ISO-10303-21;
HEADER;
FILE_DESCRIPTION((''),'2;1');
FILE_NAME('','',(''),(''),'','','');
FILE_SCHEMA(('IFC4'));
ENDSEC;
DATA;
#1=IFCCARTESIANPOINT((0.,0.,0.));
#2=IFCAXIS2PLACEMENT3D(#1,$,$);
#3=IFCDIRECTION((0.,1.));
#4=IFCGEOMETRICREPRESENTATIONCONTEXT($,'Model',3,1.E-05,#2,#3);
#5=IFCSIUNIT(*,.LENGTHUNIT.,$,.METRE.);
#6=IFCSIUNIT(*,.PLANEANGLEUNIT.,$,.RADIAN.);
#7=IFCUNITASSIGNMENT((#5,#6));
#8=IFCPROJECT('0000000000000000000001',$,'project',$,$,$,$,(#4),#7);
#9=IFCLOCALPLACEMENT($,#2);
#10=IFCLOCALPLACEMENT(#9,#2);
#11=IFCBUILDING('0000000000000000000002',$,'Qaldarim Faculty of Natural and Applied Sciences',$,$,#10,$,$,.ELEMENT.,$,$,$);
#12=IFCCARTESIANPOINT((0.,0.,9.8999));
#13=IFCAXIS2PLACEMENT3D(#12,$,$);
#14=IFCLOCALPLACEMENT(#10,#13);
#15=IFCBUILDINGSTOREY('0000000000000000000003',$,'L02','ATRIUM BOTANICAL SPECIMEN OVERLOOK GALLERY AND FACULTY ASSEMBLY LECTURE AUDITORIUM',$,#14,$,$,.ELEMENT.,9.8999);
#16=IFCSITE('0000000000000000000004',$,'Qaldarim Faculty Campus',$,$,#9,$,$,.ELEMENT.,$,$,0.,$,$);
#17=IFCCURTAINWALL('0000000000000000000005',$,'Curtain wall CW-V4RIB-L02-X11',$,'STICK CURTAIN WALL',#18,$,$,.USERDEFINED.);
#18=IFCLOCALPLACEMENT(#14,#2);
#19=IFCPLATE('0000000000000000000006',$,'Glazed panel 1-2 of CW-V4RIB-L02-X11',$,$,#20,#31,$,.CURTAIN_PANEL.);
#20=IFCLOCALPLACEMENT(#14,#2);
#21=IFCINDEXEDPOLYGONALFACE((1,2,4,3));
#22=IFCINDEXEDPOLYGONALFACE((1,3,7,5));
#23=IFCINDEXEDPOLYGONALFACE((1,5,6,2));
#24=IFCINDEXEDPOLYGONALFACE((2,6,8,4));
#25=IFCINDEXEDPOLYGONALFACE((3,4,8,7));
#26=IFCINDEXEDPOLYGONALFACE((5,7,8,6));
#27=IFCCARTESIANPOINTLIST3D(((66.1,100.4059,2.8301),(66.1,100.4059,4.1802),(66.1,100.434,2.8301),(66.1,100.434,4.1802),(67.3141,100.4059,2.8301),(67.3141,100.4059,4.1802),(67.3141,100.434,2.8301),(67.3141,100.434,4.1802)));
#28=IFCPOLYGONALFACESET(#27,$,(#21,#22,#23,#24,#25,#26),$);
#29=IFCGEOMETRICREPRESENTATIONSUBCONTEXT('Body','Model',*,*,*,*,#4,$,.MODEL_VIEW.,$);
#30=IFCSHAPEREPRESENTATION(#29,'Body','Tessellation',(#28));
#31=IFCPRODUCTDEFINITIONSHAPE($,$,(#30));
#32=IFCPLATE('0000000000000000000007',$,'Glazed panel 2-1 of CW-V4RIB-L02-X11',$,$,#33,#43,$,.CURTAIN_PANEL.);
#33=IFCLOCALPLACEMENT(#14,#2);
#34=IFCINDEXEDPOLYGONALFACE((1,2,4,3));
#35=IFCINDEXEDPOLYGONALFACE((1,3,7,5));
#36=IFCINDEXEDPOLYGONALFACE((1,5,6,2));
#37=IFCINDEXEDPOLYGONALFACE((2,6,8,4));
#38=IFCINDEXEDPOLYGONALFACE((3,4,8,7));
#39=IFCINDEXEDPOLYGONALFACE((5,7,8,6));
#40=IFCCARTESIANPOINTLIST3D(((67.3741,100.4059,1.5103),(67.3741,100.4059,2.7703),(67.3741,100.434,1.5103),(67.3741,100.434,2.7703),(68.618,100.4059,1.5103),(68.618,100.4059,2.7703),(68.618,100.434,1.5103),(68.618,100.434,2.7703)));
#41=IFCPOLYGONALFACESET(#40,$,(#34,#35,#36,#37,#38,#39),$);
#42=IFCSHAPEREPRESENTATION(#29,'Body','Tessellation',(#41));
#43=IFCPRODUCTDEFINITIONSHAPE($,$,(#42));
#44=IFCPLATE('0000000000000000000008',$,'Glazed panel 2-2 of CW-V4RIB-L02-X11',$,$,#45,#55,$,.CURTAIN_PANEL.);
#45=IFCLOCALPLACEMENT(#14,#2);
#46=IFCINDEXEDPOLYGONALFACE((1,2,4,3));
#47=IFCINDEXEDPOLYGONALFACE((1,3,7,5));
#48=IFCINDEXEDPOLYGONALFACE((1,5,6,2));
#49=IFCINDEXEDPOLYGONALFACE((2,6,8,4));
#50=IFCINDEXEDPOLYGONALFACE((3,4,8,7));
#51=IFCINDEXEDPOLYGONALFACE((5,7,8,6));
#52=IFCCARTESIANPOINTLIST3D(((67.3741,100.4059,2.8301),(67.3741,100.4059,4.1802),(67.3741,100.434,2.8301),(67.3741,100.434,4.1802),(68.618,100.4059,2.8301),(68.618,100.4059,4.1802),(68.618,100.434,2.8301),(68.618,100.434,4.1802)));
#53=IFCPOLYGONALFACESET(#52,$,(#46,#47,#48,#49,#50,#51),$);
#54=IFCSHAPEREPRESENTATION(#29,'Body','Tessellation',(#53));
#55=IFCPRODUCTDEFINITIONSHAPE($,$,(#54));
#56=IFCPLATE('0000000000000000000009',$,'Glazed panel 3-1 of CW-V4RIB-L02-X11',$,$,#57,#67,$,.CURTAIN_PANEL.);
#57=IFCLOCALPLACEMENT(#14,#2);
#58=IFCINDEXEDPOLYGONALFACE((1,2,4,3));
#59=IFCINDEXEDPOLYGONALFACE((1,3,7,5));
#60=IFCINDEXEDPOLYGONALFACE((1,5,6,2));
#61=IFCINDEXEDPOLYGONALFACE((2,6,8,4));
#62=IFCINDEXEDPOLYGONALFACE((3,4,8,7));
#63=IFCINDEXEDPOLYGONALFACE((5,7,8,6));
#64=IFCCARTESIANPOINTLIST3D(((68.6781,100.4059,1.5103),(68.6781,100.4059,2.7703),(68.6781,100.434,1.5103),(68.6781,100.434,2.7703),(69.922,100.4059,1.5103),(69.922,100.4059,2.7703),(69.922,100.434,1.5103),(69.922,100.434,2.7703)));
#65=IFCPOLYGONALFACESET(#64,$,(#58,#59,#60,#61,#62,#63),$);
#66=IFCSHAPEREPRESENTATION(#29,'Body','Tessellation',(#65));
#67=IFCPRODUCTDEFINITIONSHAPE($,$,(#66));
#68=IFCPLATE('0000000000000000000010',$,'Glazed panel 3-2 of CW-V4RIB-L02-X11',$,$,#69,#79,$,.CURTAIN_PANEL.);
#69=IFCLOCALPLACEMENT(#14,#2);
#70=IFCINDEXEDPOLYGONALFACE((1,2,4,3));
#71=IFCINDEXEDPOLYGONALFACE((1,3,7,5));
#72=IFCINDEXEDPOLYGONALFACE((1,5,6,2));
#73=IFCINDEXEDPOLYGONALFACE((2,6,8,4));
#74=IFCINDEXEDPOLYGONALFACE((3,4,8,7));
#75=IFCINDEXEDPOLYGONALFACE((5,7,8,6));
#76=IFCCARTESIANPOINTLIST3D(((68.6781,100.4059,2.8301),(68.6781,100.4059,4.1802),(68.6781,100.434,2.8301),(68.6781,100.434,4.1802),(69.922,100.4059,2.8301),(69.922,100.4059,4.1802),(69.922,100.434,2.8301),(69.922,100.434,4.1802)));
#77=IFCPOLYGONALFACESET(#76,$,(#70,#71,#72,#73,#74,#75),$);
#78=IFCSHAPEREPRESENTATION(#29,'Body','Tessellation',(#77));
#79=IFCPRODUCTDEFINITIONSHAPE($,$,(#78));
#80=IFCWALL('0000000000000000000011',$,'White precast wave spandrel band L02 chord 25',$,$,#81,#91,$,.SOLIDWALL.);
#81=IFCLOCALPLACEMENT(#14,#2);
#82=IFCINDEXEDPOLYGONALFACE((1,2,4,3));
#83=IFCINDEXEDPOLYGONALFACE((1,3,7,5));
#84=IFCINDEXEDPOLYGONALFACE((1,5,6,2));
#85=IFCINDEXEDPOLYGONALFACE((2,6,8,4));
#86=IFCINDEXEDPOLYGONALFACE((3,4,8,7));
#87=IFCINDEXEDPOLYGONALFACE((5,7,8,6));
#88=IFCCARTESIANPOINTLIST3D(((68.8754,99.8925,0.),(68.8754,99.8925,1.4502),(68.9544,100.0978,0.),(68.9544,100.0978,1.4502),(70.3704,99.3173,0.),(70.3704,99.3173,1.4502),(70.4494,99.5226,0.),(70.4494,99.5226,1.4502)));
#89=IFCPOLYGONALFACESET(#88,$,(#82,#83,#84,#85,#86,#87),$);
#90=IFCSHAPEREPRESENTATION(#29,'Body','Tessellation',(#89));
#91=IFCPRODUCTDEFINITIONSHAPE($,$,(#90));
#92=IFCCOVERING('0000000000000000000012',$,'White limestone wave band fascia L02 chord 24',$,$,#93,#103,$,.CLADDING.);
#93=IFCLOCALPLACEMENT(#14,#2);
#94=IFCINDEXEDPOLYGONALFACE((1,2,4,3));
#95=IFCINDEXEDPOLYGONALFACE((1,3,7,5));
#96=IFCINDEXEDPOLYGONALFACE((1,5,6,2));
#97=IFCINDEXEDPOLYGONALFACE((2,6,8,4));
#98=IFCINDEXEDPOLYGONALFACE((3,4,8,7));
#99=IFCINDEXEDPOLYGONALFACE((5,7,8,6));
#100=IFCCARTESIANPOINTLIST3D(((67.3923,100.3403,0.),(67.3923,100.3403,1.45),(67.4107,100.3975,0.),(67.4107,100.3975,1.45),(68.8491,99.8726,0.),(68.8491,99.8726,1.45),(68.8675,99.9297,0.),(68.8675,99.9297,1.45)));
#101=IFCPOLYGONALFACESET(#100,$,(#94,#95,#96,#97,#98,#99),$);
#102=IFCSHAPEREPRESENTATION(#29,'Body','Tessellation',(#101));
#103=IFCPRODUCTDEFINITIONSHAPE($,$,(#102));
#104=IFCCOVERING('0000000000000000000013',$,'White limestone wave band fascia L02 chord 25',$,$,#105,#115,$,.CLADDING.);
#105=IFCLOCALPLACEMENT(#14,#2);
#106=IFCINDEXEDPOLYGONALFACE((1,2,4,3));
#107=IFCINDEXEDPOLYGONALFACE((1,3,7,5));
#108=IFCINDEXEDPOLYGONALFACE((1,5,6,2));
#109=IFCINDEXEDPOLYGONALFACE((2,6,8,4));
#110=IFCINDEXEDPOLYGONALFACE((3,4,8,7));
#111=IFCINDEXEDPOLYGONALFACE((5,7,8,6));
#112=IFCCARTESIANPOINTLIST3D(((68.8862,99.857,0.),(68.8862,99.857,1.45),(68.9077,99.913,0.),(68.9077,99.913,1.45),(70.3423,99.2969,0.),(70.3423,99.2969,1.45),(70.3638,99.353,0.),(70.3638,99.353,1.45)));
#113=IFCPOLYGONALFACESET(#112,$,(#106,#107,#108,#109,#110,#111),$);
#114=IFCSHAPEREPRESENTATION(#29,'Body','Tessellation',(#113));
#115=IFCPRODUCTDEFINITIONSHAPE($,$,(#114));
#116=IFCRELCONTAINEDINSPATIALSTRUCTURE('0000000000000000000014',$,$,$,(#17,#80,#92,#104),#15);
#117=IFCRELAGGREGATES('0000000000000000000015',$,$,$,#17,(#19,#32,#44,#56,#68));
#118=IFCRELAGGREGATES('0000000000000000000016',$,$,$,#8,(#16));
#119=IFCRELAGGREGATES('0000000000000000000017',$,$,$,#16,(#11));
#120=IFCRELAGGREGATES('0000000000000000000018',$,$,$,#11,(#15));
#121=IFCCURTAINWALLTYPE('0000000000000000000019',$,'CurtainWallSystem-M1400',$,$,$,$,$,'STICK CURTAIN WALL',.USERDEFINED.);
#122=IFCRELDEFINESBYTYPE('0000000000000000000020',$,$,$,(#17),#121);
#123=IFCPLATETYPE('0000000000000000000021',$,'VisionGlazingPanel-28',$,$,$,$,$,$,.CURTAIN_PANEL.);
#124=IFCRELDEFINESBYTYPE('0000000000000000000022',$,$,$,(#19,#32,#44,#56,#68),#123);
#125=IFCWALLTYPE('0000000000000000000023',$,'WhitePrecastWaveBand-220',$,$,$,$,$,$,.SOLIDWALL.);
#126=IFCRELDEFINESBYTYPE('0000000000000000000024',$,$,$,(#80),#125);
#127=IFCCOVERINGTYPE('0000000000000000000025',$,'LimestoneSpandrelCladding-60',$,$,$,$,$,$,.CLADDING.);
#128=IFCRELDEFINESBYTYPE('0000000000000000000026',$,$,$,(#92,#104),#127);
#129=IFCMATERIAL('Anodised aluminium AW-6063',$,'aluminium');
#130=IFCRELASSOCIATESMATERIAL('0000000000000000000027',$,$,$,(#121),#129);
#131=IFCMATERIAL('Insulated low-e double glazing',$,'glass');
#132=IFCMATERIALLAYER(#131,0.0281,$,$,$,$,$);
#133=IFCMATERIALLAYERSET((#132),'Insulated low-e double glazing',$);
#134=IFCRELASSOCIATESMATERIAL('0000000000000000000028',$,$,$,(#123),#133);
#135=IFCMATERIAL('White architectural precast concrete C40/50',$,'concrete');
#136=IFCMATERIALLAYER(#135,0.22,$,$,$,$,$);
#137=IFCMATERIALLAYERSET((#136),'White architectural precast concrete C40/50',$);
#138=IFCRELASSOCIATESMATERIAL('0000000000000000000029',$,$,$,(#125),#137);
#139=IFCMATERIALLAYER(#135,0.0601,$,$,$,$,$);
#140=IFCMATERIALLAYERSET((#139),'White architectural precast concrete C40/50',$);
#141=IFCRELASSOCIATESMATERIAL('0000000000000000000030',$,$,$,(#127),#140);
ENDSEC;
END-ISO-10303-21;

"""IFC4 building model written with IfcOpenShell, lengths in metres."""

from ifc_helpers import new_model, si_unit, direction, frame, frame_2d, origin, origin_2d, place, context, subcontext, project, spatial, rectangle, extrude, material, layer, layer_set, type_object, element, aggregate, save


model = new_model("IFC4")

# Units and contexts
model_context = context("Model", 3, precision=1e-05, world=origin(), true_north=direction((0.0, 1.0)))
body_context = subcontext(model_context, "Body", "Model", "MODEL_VIEW")
ifc_project = project(units=[si_unit("LENGTHUNIT", "METRE"), si_unit("PLANEANGLEUNIT", "RADIAN")], contexts=[model_context])

# Site, building, storey
site_placement = place(None, origin())
site = spatial("IfcSite", under=ifc_project, at=site_placement, Name="Qaldarim Faculty Campus", CompositionType="ELEMENT", RefElevation=0.0)
building_placement = place(site_placement, origin())
building = spatial("IfcBuilding", under=site, at=building_placement, Name="Qaldarim Faculty of Natural and Applied Sciences", CompositionType="ELEMENT")
storey_placement = place(building_placement, frame((0.0, 0.0, 9.8999)))
storey = spatial("IfcBuildingStorey", under=building, at=storey_placement, Name="L02", Description="ATRIUM BOTANICAL SPECIMEN OVERLOOK GALLERY AND FACULTY ASSEMBLY LECTURE AUDITORIUM", CompositionType="ELEMENT", Elevation=9.8999)

# Curtain wall, plates
ifc_material_1 = material(Name="Anodised aluminium AW-6063", Category="aluminium")
curtain_wall_type = type_object("IfcCurtainWallType", Name="CurtainWallSystem-M1400", ElementType="STICK CURTAIN WALL", PredefinedType="USERDEFINED", material=ifc_material_1)
curtain_wall_placement = place(storey_placement, origin())
curtain_wall = element("IfcCurtainWall", 1, at=curtain_wall_placement, inside=storey, type_object=curtain_wall_type, Name="Curtain wall CW-V4RIB-L02-X11", ObjectType="STICK CURTAIN WALL", PredefinedType="USERDEFINED")
ifc_material_2 = material(Name="Insulated low-e double glazing", Category="glass")
ifc_layer_1 = layer(ifc_material_2, 0.0281)
ifc_layer_set_1 = layer_set([ifc_layer_1], Name="Insulated low-e double glazing")
plate_type = type_object("IfcPlateType", Name="VisionGlazingPanel-28", PredefinedType="CURTAIN_PANEL", material=ifc_layer_set_1)
plate_1_placement = place(storey_placement, frame((66.707, 100.4199, 2.8301), z_axis=(0.0, 0.0, 1.0), x_axis=(1.0, 0.0, 0.0)))
plate_1 = element("IfcPlate", 2, at=plate_1_placement, type_object=plate_type, Name="Glazed panel 1-2 of CW-V4RIB-L02-X11", PredefinedType="CURTAIN_PANEL", context=body_context, shape_type="SweptSolid", body=[
    extrude(rectangle(XDim=1.2141, YDim=0.0281, at=origin_2d()), origin(), (0.0, 0.0, 1.0), 1.3501),
])
plate_2_placement = place(storey_placement, frame((67.9961, 100.4199, 1.5103), z_axis=(0.0, 0.0, 1.0), x_axis=(1.0, 0.0, 0.0)))
plate_2 = element("IfcPlate", 3, at=plate_2_placement, type_object=plate_type, Name="Glazed panel 2-1 of CW-V4RIB-L02-X11", PredefinedType="CURTAIN_PANEL", context=body_context, shape_type="SweptSolid", body=[
    extrude(rectangle(XDim=1.2439, YDim=0.0281, at=origin_2d()), origin(), (0.0, 0.0, 1.0), 1.26),
])
plate_3_placement = place(storey_placement, frame((67.9961, 100.4199, 2.8301), z_axis=(0.0, 0.0, 1.0), x_axis=(1.0, 0.0, 0.0)))
plate_3 = element("IfcPlate", 4, at=plate_3_placement, type_object=plate_type, Name="Glazed panel 2-2 of CW-V4RIB-L02-X11", PredefinedType="CURTAIN_PANEL", context=body_context, shape_type="SweptSolid", body=[
    extrude(rectangle(XDim=1.2439, YDim=0.0281, at=origin_2d()), origin(), (0.0, 0.0, 1.0), 1.3501),
])
plate_4_placement = place(storey_placement, frame((69.3, 100.4199, 1.5103), z_axis=(0.0, 0.0, 1.0), x_axis=(1.0, 0.0, 0.0)))
plate_4 = element("IfcPlate", 5, at=plate_4_placement, type_object=plate_type, Name="Glazed panel 3-1 of CW-V4RIB-L02-X11", PredefinedType="CURTAIN_PANEL", context=body_context, shape_type="SweptSolid", body=[
    extrude(rectangle(XDim=1.2439, YDim=0.0281, at=origin_2d()), origin(), (0.0, 0.0, 1.0), 1.26),
])
plate_5_placement = place(storey_placement, frame((69.3, 100.4199, 2.8301), z_axis=(0.0, 0.0, 1.0), x_axis=(1.0, 0.0, 0.0)))
plate_5 = element("IfcPlate", 6, at=plate_5_placement, type_object=plate_type, Name="Glazed panel 3-2 of CW-V4RIB-L02-X11", PredefinedType="CURTAIN_PANEL", context=body_context, shape_type="SweptSolid", body=[
    extrude(rectangle(XDim=1.2439, YDim=0.0281, at=origin_2d()), origin(), (0.0, 0.0, 1.0), 1.3501),
])
aggregate(curtain_wall, [plate_1, plate_2, plate_3, plate_4, plate_5])

# Wall
ifc_material_3 = material(Name="White architectural precast concrete C40/50", Category="concrete")
ifc_layer_2 = layer(ifc_material_3, 0.22)
ifc_layer_set_2 = layer_set([ifc_layer_2], Name="White architectural precast concrete C40/50")
wall_type = type_object("IfcWallType", Name="WhitePrecastWaveBand-220", PredefinedType="SOLIDWALL", material=ifc_layer_set_2)
wall_placement = place(storey_placement, frame((68.915, 99.9951, 0.0), z_axis=(0.0, 0.0, 1.0), x_axis=(0.933295, -0.359112, 0.0)))
element("IfcWall", 7, at=wall_placement, inside=storey, type_object=wall_type, Name="White precast wave spandrel band L02 chord 25", PredefinedType="SOLIDWALL", context=body_context, shape_type="SweptSolid", body=[
    extrude(rectangle(XDim=1.6018, YDim=0.22, at=frame_2d((0.8008, 0.0))), origin(), (0.0, 0.0, 1.0), 1.4502),
])

# Coverings
ifc_layer_3 = layer(ifc_material_3, 0.0601)
ifc_layer_set_3 = layer_set([ifc_layer_3], Name="White architectural precast concrete C40/50")
covering_type = type_object("IfcCoveringType", Name="LimestoneSpandrelCladding-60", PredefinedType="CLADDING", material=ifc_layer_set_3)
covering_1_placement = place(storey_placement, frame((68.1299, 100.135, 0.0), z_axis=(0.0, 0.0, 1.0), x_axis=(0.952129, -0.305695, 0.0)))
element("IfcCovering", 8, at=covering_1_placement, inside=storey, type_object=covering_type, Name="White limestone wave band fascia L02 chord 24", PredefinedType="CLADDING", context=body_context, shape_type="SweptSolid", body=[
    extrude(rectangle(XDim=1.53, YDim=0.0601, at=origin_2d()), origin(), (0.0, 0.0, 1.0), 1.45),
])
covering_2_placement = place(storey_placement, frame((69.625, 99.605, 0.0), z_axis=(0.0, 0.0, 1.0), x_axis=(0.933343, -0.358987, 0.0)))
element("IfcCovering", 9, at=covering_2_placement, inside=storey, type_object=covering_type, Name="White limestone wave band fascia L02 chord 25", PredefinedType="CLADDING", context=body_context, shape_type="SweptSolid", body=[
    extrude(rectangle(XDim=1.5601, YDim=0.0601, at=origin_2d()), origin(), (0.0, 0.0, 1.0), 1.45),
])

save(model, "model.ifc")
